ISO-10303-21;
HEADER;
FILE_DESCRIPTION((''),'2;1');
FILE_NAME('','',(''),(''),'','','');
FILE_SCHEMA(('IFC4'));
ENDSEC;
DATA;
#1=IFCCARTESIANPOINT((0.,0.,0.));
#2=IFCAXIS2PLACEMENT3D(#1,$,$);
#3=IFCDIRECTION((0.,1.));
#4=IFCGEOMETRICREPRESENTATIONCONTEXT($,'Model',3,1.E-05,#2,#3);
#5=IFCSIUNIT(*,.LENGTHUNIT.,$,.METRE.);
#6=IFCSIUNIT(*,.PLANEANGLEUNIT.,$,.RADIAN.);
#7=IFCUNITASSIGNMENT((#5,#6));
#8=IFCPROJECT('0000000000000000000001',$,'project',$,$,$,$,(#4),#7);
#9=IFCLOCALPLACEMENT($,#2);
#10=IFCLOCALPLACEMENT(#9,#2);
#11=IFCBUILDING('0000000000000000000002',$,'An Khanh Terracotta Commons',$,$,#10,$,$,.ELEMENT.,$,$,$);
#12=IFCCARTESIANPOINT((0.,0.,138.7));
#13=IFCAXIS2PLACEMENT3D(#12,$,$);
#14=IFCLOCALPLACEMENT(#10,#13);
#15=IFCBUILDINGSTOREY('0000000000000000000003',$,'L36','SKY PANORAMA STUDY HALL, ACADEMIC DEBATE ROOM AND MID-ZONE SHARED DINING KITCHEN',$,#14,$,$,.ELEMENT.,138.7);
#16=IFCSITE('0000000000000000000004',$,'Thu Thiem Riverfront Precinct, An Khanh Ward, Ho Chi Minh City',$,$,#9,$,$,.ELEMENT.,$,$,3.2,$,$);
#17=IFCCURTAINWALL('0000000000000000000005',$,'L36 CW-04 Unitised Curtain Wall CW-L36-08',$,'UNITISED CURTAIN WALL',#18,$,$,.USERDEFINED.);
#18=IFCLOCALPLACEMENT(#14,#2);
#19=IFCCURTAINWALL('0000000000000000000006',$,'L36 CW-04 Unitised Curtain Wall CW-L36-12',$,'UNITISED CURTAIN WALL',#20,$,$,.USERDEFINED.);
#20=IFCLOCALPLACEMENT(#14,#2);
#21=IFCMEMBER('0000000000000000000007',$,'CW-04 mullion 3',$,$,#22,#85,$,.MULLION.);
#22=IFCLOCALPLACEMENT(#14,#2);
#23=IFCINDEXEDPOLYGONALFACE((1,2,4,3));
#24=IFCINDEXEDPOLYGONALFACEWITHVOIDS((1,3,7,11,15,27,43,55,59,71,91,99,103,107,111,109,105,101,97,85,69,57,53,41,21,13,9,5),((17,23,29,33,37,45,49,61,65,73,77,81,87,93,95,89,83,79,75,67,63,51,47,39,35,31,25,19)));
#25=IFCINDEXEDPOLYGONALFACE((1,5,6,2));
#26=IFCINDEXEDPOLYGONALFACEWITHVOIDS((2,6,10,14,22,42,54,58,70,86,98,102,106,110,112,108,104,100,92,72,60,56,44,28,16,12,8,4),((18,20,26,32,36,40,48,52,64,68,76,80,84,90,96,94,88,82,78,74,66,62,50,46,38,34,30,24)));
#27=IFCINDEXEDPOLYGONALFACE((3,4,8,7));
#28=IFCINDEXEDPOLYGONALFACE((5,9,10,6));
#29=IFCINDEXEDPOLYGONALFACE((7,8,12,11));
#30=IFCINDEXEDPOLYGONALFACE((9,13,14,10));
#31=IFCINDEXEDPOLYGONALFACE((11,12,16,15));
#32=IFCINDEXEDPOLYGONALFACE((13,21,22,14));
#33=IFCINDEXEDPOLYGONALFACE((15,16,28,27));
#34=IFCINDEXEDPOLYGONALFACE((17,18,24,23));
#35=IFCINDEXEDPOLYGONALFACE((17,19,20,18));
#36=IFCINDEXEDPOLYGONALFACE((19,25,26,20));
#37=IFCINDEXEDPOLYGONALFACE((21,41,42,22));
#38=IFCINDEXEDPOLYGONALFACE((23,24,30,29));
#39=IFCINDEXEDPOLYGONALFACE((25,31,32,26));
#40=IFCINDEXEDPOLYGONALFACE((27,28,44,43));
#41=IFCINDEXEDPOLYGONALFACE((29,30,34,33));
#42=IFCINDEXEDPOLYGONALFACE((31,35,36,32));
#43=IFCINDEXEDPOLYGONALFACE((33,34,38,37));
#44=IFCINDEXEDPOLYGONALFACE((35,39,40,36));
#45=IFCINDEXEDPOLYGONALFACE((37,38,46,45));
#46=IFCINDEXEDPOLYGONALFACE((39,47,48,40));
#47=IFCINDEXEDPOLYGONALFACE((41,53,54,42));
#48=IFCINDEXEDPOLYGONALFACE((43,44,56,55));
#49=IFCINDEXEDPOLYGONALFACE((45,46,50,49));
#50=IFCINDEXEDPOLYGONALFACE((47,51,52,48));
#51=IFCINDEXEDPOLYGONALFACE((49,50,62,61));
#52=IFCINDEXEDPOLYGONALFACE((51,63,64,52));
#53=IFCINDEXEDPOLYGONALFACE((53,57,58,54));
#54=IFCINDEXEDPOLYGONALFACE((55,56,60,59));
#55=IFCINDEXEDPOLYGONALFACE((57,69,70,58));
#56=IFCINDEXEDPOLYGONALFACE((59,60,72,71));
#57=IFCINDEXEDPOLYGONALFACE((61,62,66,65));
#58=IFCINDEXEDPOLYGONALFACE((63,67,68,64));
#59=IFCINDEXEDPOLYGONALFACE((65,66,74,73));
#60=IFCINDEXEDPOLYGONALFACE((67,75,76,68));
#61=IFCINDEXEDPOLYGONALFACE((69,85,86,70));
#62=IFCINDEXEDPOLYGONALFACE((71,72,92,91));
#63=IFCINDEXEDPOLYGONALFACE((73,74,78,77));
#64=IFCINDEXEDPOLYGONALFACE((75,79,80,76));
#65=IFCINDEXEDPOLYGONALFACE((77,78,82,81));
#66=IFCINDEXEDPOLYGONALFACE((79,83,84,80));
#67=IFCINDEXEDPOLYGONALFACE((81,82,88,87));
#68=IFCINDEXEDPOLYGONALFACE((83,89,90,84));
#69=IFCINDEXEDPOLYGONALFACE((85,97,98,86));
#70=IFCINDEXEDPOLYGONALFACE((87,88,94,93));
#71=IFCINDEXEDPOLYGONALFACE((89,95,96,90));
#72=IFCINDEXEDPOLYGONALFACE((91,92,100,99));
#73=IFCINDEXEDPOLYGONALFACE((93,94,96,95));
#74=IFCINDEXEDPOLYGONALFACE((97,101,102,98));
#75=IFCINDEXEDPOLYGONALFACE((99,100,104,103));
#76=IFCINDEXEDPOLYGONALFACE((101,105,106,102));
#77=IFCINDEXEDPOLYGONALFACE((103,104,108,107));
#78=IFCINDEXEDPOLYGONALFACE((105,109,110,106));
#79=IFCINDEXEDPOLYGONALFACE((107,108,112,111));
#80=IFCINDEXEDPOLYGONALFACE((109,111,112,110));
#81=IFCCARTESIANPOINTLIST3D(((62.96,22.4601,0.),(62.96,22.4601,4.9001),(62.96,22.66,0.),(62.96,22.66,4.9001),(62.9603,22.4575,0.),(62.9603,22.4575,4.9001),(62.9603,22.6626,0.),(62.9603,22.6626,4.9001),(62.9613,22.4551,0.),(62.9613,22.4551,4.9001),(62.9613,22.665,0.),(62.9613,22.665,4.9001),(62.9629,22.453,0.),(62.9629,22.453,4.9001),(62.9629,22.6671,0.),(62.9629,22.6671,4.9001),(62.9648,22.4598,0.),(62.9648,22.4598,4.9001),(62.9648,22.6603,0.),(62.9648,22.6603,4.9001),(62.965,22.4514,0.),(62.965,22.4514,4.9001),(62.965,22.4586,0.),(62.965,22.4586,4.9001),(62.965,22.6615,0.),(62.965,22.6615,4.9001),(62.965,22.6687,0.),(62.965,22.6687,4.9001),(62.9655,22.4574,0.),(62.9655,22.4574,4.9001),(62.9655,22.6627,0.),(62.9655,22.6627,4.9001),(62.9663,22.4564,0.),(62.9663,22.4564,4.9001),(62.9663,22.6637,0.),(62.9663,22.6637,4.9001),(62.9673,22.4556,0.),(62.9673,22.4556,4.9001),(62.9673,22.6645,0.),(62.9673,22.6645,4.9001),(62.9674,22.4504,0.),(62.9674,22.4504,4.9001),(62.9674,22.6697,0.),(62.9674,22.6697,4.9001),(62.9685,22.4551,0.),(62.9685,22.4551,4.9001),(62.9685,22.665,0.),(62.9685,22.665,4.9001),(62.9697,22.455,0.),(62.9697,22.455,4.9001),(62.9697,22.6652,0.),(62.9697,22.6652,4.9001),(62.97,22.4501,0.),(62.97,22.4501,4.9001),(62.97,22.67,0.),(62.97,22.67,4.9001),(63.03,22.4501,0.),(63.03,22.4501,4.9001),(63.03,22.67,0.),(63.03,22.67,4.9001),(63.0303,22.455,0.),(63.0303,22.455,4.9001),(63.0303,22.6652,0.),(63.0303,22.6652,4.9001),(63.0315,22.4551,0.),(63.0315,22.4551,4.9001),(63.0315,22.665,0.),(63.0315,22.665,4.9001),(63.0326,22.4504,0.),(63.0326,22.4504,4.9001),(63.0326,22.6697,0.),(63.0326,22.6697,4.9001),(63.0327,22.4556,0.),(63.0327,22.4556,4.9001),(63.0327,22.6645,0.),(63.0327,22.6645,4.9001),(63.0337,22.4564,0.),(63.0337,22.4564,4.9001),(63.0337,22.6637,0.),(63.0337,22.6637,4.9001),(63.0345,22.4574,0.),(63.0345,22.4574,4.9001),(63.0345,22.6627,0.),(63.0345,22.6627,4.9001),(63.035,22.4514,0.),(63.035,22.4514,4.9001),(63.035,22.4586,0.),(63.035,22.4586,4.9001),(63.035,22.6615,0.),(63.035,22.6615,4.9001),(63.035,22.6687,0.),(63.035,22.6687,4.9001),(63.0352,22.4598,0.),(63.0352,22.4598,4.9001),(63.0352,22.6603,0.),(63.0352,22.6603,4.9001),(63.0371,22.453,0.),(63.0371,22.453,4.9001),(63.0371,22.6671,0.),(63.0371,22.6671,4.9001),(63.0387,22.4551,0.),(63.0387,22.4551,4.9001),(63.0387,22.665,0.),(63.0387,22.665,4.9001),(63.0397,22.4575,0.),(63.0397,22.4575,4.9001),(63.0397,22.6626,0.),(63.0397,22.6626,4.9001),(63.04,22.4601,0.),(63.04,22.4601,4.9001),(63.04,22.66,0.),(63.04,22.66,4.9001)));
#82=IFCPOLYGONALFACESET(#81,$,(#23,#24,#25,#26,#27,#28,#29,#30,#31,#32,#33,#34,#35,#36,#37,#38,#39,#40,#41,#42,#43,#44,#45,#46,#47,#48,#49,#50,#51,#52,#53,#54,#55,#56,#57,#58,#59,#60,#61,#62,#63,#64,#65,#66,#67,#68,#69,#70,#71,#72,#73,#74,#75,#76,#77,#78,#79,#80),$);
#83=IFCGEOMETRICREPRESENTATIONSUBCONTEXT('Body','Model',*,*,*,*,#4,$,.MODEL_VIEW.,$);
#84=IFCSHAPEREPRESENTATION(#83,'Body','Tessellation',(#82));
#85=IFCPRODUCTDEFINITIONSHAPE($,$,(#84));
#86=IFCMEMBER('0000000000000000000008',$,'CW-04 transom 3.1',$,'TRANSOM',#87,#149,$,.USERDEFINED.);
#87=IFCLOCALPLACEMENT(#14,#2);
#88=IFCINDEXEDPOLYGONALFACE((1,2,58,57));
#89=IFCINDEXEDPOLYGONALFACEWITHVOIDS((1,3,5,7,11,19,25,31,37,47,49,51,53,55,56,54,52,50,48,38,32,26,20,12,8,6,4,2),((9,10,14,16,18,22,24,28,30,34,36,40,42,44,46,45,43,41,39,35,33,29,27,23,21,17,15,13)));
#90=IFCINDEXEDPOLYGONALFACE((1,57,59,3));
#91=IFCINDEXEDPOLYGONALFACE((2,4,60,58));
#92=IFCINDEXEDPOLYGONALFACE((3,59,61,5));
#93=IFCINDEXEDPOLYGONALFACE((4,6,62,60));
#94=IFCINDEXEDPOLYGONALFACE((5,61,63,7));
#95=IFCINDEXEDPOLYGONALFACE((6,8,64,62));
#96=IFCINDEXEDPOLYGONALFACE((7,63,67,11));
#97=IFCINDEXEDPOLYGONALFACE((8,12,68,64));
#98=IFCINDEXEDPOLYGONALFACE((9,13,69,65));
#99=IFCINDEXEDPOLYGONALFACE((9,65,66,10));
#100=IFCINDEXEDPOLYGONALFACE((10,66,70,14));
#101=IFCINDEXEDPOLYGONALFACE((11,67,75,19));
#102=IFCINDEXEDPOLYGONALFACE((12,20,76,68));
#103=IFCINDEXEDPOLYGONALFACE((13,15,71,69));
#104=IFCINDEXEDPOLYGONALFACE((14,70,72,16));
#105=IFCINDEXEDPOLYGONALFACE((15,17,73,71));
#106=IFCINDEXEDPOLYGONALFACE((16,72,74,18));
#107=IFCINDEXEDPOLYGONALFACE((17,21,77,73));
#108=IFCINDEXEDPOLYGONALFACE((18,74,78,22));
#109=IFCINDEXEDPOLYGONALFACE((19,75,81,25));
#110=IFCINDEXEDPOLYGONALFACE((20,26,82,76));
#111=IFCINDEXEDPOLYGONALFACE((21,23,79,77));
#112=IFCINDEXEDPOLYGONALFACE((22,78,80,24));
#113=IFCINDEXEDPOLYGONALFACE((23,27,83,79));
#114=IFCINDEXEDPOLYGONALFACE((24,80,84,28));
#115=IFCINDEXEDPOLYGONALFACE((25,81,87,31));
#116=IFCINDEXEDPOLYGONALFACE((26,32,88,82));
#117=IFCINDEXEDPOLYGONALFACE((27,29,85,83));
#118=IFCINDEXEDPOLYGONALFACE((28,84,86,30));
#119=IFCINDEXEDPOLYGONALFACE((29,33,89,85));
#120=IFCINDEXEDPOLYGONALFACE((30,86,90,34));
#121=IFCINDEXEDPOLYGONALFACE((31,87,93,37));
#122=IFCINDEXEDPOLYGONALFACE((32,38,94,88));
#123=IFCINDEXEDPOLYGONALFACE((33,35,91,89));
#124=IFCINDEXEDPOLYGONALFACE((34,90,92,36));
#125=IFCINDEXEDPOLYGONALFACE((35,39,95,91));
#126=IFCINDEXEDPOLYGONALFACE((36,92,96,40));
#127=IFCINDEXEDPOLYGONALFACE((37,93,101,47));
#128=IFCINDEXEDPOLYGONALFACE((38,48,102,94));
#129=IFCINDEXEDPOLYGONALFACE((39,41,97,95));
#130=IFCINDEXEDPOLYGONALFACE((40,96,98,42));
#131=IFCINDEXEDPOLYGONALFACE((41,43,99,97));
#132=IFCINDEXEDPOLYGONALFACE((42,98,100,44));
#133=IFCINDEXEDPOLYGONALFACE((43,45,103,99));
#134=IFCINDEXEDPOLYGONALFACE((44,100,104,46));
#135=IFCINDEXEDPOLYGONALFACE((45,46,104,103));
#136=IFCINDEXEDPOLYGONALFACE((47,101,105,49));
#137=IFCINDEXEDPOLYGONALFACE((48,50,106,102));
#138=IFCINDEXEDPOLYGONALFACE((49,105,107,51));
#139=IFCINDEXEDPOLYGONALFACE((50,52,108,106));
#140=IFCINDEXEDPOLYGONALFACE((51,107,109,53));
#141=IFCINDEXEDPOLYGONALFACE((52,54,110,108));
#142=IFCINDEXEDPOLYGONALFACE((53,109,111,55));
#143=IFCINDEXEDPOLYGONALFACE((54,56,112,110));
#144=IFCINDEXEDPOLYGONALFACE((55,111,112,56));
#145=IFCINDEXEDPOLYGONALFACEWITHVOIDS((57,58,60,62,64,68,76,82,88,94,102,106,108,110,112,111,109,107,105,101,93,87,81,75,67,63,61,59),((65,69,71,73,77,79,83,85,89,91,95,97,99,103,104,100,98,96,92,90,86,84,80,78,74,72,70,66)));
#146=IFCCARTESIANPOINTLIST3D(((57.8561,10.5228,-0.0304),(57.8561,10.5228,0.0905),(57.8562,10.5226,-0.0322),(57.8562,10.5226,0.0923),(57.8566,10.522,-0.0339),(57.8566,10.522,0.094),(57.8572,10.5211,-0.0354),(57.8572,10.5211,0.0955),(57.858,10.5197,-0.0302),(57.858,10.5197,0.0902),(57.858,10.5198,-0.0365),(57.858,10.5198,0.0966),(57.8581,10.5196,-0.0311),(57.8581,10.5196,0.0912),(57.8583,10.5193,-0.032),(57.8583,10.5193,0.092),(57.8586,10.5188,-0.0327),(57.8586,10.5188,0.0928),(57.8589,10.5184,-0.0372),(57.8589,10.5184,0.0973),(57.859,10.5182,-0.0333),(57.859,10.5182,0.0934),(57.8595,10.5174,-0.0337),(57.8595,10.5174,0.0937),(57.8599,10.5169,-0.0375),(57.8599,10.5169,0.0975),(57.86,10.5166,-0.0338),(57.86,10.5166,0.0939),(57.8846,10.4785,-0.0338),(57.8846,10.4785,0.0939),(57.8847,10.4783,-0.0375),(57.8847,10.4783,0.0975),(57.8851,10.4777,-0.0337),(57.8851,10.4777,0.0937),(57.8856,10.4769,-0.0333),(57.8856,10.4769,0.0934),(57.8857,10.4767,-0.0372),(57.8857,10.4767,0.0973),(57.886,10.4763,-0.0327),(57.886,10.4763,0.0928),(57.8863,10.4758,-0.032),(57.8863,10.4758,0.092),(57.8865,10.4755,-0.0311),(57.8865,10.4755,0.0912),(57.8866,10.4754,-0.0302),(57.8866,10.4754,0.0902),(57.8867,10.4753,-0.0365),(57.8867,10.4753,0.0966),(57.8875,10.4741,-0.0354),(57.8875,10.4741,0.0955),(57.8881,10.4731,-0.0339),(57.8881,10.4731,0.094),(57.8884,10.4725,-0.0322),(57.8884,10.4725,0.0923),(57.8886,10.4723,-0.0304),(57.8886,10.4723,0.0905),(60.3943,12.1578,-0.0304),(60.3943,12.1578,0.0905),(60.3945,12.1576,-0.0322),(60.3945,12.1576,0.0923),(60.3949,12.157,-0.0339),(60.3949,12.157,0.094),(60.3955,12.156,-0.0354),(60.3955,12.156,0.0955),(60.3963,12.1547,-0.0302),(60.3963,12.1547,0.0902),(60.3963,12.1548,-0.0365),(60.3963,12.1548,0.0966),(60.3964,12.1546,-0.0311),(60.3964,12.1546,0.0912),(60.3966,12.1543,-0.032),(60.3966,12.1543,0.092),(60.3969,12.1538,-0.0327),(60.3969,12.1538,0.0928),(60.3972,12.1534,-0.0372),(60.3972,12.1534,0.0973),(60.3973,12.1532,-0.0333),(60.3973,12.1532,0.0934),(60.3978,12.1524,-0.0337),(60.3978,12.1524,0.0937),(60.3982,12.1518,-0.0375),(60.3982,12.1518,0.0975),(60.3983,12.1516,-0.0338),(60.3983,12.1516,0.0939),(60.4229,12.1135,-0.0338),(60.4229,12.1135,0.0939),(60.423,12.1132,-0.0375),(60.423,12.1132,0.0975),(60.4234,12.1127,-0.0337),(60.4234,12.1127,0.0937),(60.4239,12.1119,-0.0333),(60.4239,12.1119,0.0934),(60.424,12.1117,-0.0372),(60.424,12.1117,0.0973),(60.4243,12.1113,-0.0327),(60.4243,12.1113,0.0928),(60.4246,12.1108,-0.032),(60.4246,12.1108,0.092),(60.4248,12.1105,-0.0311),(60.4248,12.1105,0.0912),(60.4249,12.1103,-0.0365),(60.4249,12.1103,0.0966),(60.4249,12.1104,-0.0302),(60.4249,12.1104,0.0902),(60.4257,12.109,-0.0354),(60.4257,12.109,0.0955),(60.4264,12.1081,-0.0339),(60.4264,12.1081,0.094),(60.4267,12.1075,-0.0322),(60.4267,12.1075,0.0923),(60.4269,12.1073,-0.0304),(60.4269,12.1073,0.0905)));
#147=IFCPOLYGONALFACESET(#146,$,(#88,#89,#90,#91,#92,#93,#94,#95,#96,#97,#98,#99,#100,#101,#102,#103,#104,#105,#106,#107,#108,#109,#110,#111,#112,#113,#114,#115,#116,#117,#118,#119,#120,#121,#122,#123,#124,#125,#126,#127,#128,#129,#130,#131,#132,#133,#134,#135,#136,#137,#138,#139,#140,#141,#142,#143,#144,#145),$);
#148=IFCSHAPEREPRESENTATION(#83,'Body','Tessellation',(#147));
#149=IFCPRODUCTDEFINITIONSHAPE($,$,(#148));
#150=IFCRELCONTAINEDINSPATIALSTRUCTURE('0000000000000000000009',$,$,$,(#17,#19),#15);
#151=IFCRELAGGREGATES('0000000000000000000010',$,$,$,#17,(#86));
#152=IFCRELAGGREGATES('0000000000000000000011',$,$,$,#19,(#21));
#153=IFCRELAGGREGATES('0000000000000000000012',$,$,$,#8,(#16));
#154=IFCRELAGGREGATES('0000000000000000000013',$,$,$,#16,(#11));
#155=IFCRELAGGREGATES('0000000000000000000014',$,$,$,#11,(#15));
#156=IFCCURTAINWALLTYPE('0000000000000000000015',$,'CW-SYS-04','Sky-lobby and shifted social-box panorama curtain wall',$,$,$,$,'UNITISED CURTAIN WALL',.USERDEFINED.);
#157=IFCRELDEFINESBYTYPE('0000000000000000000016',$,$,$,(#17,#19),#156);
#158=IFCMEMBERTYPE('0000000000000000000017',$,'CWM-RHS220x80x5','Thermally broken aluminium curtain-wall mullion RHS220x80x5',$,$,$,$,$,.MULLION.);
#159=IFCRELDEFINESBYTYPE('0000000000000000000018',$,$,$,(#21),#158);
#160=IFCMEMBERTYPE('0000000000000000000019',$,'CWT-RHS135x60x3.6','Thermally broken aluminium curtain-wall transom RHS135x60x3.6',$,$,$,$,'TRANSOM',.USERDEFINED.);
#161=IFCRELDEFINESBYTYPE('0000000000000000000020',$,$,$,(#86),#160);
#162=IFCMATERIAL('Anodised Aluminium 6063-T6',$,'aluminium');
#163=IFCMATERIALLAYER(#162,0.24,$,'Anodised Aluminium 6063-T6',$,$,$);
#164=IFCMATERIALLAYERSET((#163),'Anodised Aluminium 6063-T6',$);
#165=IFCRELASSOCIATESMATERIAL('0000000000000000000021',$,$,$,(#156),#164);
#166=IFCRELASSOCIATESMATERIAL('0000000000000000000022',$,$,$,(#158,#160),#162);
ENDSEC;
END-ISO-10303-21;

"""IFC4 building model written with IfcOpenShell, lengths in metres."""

from ifc_helpers import new_model, si_unit, direction, frame, origin, origin_2d, place, context, subcontext, project, spatial, hollow_rectangle, extrude, material, layer, layer_set, material_profile, profile_set, type_object, element, aggregate, save


model = new_model("IFC4")

# Units and contexts
model_context = context("Model", 3, precision=1e-05, world=origin(), true_north=direction((0.0, 1.0)))
body_context = subcontext(model_context, "Body", "Model", "MODEL_VIEW")
ifc_project = project(units=[si_unit("LENGTHUNIT", "METRE"), si_unit("PLANEANGLEUNIT", "RADIAN")], contexts=[model_context])

# Site, building, storey
site_placement = place(None, origin())
site = spatial("IfcSite", under=ifc_project, at=site_placement, Name="Thu Thiem Riverfront Precinct, An Khanh Ward, Ho Chi Minh City", CompositionType="ELEMENT", RefElevation=3.2)
building_placement = place(site_placement, origin())
building = spatial("IfcBuilding", under=site, at=building_placement, Name="An Khanh Terracotta Commons", CompositionType="ELEMENT")
storey_placement = place(building_placement, frame((0.0, 0.0, 138.7)))
storey = spatial("IfcBuildingStorey", under=building, at=storey_placement, Name="L36", Description="SKY PANORAMA STUDY HALL, ACADEMIC DEBATE ROOM AND MID-ZONE SHARED DINING KITCHEN", CompositionType="ELEMENT", Elevation=138.7)

# Curtain walls, member
ifc_material_1 = material(Name="Anodised Aluminium 6063-T6", Category="aluminium")
ifc_layer_1 = layer(ifc_material_1, 0.24, Name="Anodised Aluminium 6063-T6")
ifc_layer_set_1 = layer_set([ifc_layer_1], Name="Anodised Aluminium 6063-T6")
curtain_wall_type = type_object("IfcCurtainWallType", Name="CW-SYS-04", Description="Sky-lobby and shifted social-box panorama curtain wall", ElementType="UNITISED CURTAIN WALL", PredefinedType="USERDEFINED", material=ifc_layer_set_1)
curtain_wall_1_placement = place(storey_placement, origin())
curtain_wall_1 = element("IfcCurtainWall", 1, at=curtain_wall_1_placement, inside=storey, type_object=curtain_wall_type, Name="L36 CW-04 Unitised Curtain Wall CW-L36-08", ObjectType="UNITISED CURTAIN WALL", PredefinedType="USERDEFINED")
ifc_material_profile_1 = material_profile(ifc_material_1, hollow_rectangle(XDim=0.0801, YDim=0.22, WallThickness=0.0049, InnerFilletRadius=0.0049, OuterFilletRadius=0.01, at=origin_2d()), Name="RHS220x80x5")
ifc_profile_set_1 = profile_set([ifc_material_profile_1], Name="Anodised Aluminium 6063-T6")
member_type_1 = type_object("IfcMemberType", Name="CWM-RHS220x80x5", Description="Thermally broken aluminium curtain-wall mullion RHS220x80x5", PredefinedType="MULLION", material=ifc_profile_set_1)
curtain_wall_2_placement = place(storey_placement, origin())
curtain_wall_2 = element("IfcCurtainWall", 2, at=curtain_wall_2_placement, inside=storey, type_object=curtain_wall_type, Name="L36 CW-04 Unitised Curtain Wall CW-L36-12", ObjectType="UNITISED CURTAIN WALL", PredefinedType="USERDEFINED")
member_1_placement = place(storey_placement, frame((63.0, 22.5601, 0.0), z_axis=(0.0, 0.0, 1.0), x_axis=(-1.0, 0.0, 0.0)))
member_1 = element("IfcMember", 3, at=member_1_placement, type_object=member_type_1, Name="CW-04 mullion 3", PredefinedType="MULLION", context=body_context, shape_type="SweptSolid", body=[
    extrude(hollow_rectangle(XDim=0.0801, YDim=0.22, WallThickness=0.0049, InnerFilletRadius=0.0049, OuterFilletRadius=0.01, at=origin_2d()), origin(), (0.0, 0.0, 1.0), 4.9001),
])

# Member
ifc_material_profile_2 = material_profile(ifc_material_1, hollow_rectangle(XDim=0.0601, YDim=0.135, WallThickness=0.0037, InnerFilletRadius=0.0037, OuterFilletRadius=0.0071, at=origin_2d()), Name="RHS135x60x3.6")
ifc_profile_set_2 = profile_set([ifc_material_profile_2], Name="Anodised Aluminium 6063-T6")
member_type_2 = type_object("IfcMemberType", Name="CWT-RHS135x60x3.6", Description="Thermally broken aluminium curtain-wall transom RHS135x60x3.6", ElementType="TRANSOM", PredefinedType="USERDEFINED", material=ifc_profile_set_2)
member_2_placement = place(storey_placement, frame((57.8723, 10.4976, 0.03), z_axis=(0.840692, 0.541513, 0.0), x_axis=(-0.541513, 0.840692, 0.0)))
member_2 = element("IfcMember", 4, at=member_2_placement, type_object=member_type_2, Name="CW-04 transom 3.1", ObjectType="TRANSOM", PredefinedType="USERDEFINED", context=body_context, shape_type="SweptSolid", body=[
    extrude(hollow_rectangle(XDim=0.0601, YDim=0.135, WallThickness=0.0037, InnerFilletRadius=0.0037, OuterFilletRadius=0.0071, at=origin_2d()), origin(), (0.0, 0.0, 1.0), 3.0193),
])

aggregate(curtain_wall_1, [member_2])
aggregate(curtain_wall_2, [member_1])

save(model, "model.ifc")
